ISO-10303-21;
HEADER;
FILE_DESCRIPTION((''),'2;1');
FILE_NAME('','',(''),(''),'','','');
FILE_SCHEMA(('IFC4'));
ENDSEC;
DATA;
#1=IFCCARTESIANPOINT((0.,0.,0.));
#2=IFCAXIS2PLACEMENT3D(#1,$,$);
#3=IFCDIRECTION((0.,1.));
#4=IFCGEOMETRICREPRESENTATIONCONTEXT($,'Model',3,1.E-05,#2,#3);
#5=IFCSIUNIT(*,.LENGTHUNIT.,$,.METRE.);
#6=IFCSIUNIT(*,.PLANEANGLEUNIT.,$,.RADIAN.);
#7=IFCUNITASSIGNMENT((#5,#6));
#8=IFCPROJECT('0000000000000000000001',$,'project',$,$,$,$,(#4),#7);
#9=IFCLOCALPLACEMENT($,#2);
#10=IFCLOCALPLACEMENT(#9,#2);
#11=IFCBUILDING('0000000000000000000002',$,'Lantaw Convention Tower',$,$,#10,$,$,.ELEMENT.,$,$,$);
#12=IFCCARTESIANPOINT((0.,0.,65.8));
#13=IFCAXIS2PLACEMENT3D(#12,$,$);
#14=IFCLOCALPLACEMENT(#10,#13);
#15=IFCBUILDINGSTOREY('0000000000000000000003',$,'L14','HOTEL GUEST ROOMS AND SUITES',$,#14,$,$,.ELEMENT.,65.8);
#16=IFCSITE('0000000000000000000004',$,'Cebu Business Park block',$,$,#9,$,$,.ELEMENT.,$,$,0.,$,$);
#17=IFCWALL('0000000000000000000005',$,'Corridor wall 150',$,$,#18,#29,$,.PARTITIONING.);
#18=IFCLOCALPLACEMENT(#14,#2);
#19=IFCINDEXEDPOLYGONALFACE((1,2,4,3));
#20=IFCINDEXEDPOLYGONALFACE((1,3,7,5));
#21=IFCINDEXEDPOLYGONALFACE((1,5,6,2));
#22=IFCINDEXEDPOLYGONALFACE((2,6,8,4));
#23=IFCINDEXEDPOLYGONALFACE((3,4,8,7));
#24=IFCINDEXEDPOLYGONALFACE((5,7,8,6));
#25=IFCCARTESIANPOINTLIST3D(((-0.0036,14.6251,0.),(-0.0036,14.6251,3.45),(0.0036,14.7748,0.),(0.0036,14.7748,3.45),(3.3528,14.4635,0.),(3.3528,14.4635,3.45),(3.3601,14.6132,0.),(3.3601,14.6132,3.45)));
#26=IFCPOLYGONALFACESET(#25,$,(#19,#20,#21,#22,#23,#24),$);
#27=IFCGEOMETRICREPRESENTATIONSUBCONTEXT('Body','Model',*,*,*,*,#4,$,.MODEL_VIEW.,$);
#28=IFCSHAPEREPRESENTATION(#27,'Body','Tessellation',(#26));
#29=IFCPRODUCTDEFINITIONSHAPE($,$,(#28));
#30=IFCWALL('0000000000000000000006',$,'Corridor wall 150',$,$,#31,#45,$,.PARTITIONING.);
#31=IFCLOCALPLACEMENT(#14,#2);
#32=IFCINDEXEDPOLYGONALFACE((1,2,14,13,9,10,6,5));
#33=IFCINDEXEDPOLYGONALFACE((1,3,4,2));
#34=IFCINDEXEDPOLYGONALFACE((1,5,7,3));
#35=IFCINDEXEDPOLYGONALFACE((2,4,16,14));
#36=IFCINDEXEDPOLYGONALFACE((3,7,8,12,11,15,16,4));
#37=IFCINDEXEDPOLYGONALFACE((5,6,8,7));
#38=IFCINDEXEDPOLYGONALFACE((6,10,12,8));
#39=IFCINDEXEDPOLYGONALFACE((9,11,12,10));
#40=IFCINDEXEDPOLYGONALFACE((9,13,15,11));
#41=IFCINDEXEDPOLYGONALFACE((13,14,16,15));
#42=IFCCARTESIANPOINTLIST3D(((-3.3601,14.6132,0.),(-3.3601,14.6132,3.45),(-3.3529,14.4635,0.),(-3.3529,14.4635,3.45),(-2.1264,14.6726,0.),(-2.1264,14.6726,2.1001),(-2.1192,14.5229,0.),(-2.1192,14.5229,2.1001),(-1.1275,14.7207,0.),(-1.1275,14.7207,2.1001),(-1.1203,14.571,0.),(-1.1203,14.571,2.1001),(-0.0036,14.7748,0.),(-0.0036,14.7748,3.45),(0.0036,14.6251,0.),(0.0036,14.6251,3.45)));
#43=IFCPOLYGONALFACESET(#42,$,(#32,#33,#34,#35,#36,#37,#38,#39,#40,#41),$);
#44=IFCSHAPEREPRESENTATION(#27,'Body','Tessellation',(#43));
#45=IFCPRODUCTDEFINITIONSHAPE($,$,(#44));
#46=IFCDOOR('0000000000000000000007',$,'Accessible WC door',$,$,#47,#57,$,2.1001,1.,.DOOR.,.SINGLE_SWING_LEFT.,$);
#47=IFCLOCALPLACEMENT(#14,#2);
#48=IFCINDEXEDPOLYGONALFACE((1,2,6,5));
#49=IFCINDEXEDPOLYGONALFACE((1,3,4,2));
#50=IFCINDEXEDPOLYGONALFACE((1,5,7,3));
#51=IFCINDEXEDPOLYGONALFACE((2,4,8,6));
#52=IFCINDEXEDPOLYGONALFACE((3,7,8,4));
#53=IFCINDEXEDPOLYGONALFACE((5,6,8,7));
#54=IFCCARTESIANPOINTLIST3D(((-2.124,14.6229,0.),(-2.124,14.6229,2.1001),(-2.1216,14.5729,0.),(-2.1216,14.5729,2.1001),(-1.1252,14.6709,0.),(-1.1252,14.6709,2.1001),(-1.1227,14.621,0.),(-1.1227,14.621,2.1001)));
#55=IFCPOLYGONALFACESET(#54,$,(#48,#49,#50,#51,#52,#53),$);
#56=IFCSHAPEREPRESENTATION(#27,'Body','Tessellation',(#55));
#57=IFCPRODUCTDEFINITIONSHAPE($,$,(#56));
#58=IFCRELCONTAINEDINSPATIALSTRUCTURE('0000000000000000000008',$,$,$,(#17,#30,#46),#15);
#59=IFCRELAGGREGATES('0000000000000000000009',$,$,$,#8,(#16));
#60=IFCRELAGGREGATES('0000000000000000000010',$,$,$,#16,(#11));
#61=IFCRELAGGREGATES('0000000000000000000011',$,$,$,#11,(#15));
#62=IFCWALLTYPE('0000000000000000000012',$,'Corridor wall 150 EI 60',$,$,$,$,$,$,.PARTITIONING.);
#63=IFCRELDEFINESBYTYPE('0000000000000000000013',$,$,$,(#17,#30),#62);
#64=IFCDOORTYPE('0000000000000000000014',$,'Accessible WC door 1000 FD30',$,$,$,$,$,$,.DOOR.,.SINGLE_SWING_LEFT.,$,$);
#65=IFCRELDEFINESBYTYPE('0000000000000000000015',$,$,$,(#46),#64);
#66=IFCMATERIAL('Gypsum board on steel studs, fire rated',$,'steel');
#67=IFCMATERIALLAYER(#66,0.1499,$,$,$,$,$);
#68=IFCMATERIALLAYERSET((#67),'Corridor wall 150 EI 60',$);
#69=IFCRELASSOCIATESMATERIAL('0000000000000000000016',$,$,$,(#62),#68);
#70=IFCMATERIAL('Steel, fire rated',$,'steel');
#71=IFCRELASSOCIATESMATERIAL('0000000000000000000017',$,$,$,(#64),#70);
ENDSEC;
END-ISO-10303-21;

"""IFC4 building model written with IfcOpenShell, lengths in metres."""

from ifc_helpers import new_model, si_unit, direction, frame, frame_2d, origin, place, context, subcontext, project, spatial, rectangle, extrude, material, layer, layer_set, type_object, element, fill, save


model = new_model("IFC4")

# Units and contexts
model_context = context("Model", 3, precision=1e-05, world=origin(), true_north=direction((0.0, 1.0)))
body_context = subcontext(model_context, "Body", "Model", "MODEL_VIEW")
ifc_project = project(units=[si_unit("LENGTHUNIT", "METRE"), si_unit("PLANEANGLEUNIT", "RADIAN")], contexts=[model_context])

# Site, building, storey
site_placement = place(None, origin())
site = spatial("IfcSite", under=ifc_project, at=site_placement, Name="Cebu Business Park block", CompositionType="ELEMENT", RefElevation=0.0)
building_placement = place(site_placement, origin())
building = spatial("IfcBuilding", under=site, at=building_placement, Name="Lantaw Convention Tower", CompositionType="ELEMENT")
storey_placement = place(building_placement, frame((0.0, 0.0, 65.8)))
storey = spatial("IfcBuildingStorey", under=building, at=storey_placement, Name="L14", Description="HOTEL GUEST ROOMS AND SUITES", CompositionType="ELEMENT", Elevation=65.8)

# Shared definitions
ifc_material_1 = material(Name="Gypsum board on steel studs, fire rated", Category="steel")
ifc_layer_1 = layer(ifc_material_1, 0.1499)
ifc_layer_set_1 = layer_set([ifc_layer_1], Name="Corridor wall 150 EI 60")
wall_type_1 = type_object("IfcWallType", Name="Corridor wall 150 EI 60", PredefinedType="PARTITIONING", material=ifc_layer_set_1)

# Shared definitions
ifc_material_2 = material(Name="Steel, fire rated", Category="steel")

# Wall
wall_1_placement = place(storey_placement, frame((3.3564, 14.5383, 0.0), z_axis=(0.0, 0.0, 1.0), x_axis=(-0.998843, 0.048097, 0.0)))
element("IfcWall", 1, at=wall_1_placement, inside=storey, type_object=wall_type_1, Name="Corridor wall 150", PredefinedType="PARTITIONING", context=body_context, shape_type="SweptSolid", body=[
    extrude(rectangle(XDim=3.3604, YDim=0.1499, at=frame_2d((1.6802, 0.0))), origin(), (0.0, 0.0, 1.0), 3.45),
])

# Wall, opening, door
wall_2_placement = place(storey_placement, frame((0.0, 14.7, 0.0), z_axis=(0.0, 0.0, 1.0), x_axis=(-0.998843, -0.048097, 0.0)))
wall_2 = element("IfcWall", 2, at=wall_2_placement, inside=storey, type_object=wall_type_1, Name="Corridor wall 150", PredefinedType="PARTITIONING", context=body_context, shape_type="SweptSolid", body=[
    extrude(rectangle(XDim=3.3604, YDim=0.1499, at=frame_2d((1.6802, 0.0))), origin(), (0.0, 0.0, 1.0), 3.45),
])
opening_1_placement = place(wall_2_placement, frame((1.1252, 0.0, 0.0)))
opening_1 = element("IfcOpeningElement", 3, at=opening_1_placement, cuts=wall_2, PredefinedType="OPENING", context=body_context, shape_type="SweptSolid", body=[
    extrude(rectangle(XDim=1.0, YDim=2.1001, at=frame_2d((0.5, 1.05))), frame((0.0, 0.085, 0.0), z_axis=(0.0, -1.0, 0.0), x_axis=(1.0, 0.0, 0.0)), (0.0, 0.0, 1.0), 0.1699),
])
door_type_1 = type_object("IfcDoorType", Name="Accessible WC door 1000 FD30", OperationType="SINGLE_SWING_LEFT", PredefinedType="DOOR", material=ifc_material_2)
door_1_placement = place(opening_1_placement, origin())
door_1 = element("IfcDoor", 4, at=door_1_placement, inside=storey, type_object=door_type_1, Name="Accessible WC door", OperationType="SINGLE_SWING_LEFT", OverallHeight=2.1001, OverallWidth=1.0, PredefinedType="DOOR", context=body_context, shape_type="SweptSolid", body=[
    extrude(rectangle(XDim=1.0, YDim=2.1001, at=frame_2d((0.5, 1.05))), frame((0.0, 0.0249, 0.0), z_axis=(0.0, -1.0, 0.0), x_axis=(1.0, 0.0, 0.0)), (0.0, 0.0, 1.0), 0.05),
])
fill(opening_1, door_1)

save(model, "model.ifc")
